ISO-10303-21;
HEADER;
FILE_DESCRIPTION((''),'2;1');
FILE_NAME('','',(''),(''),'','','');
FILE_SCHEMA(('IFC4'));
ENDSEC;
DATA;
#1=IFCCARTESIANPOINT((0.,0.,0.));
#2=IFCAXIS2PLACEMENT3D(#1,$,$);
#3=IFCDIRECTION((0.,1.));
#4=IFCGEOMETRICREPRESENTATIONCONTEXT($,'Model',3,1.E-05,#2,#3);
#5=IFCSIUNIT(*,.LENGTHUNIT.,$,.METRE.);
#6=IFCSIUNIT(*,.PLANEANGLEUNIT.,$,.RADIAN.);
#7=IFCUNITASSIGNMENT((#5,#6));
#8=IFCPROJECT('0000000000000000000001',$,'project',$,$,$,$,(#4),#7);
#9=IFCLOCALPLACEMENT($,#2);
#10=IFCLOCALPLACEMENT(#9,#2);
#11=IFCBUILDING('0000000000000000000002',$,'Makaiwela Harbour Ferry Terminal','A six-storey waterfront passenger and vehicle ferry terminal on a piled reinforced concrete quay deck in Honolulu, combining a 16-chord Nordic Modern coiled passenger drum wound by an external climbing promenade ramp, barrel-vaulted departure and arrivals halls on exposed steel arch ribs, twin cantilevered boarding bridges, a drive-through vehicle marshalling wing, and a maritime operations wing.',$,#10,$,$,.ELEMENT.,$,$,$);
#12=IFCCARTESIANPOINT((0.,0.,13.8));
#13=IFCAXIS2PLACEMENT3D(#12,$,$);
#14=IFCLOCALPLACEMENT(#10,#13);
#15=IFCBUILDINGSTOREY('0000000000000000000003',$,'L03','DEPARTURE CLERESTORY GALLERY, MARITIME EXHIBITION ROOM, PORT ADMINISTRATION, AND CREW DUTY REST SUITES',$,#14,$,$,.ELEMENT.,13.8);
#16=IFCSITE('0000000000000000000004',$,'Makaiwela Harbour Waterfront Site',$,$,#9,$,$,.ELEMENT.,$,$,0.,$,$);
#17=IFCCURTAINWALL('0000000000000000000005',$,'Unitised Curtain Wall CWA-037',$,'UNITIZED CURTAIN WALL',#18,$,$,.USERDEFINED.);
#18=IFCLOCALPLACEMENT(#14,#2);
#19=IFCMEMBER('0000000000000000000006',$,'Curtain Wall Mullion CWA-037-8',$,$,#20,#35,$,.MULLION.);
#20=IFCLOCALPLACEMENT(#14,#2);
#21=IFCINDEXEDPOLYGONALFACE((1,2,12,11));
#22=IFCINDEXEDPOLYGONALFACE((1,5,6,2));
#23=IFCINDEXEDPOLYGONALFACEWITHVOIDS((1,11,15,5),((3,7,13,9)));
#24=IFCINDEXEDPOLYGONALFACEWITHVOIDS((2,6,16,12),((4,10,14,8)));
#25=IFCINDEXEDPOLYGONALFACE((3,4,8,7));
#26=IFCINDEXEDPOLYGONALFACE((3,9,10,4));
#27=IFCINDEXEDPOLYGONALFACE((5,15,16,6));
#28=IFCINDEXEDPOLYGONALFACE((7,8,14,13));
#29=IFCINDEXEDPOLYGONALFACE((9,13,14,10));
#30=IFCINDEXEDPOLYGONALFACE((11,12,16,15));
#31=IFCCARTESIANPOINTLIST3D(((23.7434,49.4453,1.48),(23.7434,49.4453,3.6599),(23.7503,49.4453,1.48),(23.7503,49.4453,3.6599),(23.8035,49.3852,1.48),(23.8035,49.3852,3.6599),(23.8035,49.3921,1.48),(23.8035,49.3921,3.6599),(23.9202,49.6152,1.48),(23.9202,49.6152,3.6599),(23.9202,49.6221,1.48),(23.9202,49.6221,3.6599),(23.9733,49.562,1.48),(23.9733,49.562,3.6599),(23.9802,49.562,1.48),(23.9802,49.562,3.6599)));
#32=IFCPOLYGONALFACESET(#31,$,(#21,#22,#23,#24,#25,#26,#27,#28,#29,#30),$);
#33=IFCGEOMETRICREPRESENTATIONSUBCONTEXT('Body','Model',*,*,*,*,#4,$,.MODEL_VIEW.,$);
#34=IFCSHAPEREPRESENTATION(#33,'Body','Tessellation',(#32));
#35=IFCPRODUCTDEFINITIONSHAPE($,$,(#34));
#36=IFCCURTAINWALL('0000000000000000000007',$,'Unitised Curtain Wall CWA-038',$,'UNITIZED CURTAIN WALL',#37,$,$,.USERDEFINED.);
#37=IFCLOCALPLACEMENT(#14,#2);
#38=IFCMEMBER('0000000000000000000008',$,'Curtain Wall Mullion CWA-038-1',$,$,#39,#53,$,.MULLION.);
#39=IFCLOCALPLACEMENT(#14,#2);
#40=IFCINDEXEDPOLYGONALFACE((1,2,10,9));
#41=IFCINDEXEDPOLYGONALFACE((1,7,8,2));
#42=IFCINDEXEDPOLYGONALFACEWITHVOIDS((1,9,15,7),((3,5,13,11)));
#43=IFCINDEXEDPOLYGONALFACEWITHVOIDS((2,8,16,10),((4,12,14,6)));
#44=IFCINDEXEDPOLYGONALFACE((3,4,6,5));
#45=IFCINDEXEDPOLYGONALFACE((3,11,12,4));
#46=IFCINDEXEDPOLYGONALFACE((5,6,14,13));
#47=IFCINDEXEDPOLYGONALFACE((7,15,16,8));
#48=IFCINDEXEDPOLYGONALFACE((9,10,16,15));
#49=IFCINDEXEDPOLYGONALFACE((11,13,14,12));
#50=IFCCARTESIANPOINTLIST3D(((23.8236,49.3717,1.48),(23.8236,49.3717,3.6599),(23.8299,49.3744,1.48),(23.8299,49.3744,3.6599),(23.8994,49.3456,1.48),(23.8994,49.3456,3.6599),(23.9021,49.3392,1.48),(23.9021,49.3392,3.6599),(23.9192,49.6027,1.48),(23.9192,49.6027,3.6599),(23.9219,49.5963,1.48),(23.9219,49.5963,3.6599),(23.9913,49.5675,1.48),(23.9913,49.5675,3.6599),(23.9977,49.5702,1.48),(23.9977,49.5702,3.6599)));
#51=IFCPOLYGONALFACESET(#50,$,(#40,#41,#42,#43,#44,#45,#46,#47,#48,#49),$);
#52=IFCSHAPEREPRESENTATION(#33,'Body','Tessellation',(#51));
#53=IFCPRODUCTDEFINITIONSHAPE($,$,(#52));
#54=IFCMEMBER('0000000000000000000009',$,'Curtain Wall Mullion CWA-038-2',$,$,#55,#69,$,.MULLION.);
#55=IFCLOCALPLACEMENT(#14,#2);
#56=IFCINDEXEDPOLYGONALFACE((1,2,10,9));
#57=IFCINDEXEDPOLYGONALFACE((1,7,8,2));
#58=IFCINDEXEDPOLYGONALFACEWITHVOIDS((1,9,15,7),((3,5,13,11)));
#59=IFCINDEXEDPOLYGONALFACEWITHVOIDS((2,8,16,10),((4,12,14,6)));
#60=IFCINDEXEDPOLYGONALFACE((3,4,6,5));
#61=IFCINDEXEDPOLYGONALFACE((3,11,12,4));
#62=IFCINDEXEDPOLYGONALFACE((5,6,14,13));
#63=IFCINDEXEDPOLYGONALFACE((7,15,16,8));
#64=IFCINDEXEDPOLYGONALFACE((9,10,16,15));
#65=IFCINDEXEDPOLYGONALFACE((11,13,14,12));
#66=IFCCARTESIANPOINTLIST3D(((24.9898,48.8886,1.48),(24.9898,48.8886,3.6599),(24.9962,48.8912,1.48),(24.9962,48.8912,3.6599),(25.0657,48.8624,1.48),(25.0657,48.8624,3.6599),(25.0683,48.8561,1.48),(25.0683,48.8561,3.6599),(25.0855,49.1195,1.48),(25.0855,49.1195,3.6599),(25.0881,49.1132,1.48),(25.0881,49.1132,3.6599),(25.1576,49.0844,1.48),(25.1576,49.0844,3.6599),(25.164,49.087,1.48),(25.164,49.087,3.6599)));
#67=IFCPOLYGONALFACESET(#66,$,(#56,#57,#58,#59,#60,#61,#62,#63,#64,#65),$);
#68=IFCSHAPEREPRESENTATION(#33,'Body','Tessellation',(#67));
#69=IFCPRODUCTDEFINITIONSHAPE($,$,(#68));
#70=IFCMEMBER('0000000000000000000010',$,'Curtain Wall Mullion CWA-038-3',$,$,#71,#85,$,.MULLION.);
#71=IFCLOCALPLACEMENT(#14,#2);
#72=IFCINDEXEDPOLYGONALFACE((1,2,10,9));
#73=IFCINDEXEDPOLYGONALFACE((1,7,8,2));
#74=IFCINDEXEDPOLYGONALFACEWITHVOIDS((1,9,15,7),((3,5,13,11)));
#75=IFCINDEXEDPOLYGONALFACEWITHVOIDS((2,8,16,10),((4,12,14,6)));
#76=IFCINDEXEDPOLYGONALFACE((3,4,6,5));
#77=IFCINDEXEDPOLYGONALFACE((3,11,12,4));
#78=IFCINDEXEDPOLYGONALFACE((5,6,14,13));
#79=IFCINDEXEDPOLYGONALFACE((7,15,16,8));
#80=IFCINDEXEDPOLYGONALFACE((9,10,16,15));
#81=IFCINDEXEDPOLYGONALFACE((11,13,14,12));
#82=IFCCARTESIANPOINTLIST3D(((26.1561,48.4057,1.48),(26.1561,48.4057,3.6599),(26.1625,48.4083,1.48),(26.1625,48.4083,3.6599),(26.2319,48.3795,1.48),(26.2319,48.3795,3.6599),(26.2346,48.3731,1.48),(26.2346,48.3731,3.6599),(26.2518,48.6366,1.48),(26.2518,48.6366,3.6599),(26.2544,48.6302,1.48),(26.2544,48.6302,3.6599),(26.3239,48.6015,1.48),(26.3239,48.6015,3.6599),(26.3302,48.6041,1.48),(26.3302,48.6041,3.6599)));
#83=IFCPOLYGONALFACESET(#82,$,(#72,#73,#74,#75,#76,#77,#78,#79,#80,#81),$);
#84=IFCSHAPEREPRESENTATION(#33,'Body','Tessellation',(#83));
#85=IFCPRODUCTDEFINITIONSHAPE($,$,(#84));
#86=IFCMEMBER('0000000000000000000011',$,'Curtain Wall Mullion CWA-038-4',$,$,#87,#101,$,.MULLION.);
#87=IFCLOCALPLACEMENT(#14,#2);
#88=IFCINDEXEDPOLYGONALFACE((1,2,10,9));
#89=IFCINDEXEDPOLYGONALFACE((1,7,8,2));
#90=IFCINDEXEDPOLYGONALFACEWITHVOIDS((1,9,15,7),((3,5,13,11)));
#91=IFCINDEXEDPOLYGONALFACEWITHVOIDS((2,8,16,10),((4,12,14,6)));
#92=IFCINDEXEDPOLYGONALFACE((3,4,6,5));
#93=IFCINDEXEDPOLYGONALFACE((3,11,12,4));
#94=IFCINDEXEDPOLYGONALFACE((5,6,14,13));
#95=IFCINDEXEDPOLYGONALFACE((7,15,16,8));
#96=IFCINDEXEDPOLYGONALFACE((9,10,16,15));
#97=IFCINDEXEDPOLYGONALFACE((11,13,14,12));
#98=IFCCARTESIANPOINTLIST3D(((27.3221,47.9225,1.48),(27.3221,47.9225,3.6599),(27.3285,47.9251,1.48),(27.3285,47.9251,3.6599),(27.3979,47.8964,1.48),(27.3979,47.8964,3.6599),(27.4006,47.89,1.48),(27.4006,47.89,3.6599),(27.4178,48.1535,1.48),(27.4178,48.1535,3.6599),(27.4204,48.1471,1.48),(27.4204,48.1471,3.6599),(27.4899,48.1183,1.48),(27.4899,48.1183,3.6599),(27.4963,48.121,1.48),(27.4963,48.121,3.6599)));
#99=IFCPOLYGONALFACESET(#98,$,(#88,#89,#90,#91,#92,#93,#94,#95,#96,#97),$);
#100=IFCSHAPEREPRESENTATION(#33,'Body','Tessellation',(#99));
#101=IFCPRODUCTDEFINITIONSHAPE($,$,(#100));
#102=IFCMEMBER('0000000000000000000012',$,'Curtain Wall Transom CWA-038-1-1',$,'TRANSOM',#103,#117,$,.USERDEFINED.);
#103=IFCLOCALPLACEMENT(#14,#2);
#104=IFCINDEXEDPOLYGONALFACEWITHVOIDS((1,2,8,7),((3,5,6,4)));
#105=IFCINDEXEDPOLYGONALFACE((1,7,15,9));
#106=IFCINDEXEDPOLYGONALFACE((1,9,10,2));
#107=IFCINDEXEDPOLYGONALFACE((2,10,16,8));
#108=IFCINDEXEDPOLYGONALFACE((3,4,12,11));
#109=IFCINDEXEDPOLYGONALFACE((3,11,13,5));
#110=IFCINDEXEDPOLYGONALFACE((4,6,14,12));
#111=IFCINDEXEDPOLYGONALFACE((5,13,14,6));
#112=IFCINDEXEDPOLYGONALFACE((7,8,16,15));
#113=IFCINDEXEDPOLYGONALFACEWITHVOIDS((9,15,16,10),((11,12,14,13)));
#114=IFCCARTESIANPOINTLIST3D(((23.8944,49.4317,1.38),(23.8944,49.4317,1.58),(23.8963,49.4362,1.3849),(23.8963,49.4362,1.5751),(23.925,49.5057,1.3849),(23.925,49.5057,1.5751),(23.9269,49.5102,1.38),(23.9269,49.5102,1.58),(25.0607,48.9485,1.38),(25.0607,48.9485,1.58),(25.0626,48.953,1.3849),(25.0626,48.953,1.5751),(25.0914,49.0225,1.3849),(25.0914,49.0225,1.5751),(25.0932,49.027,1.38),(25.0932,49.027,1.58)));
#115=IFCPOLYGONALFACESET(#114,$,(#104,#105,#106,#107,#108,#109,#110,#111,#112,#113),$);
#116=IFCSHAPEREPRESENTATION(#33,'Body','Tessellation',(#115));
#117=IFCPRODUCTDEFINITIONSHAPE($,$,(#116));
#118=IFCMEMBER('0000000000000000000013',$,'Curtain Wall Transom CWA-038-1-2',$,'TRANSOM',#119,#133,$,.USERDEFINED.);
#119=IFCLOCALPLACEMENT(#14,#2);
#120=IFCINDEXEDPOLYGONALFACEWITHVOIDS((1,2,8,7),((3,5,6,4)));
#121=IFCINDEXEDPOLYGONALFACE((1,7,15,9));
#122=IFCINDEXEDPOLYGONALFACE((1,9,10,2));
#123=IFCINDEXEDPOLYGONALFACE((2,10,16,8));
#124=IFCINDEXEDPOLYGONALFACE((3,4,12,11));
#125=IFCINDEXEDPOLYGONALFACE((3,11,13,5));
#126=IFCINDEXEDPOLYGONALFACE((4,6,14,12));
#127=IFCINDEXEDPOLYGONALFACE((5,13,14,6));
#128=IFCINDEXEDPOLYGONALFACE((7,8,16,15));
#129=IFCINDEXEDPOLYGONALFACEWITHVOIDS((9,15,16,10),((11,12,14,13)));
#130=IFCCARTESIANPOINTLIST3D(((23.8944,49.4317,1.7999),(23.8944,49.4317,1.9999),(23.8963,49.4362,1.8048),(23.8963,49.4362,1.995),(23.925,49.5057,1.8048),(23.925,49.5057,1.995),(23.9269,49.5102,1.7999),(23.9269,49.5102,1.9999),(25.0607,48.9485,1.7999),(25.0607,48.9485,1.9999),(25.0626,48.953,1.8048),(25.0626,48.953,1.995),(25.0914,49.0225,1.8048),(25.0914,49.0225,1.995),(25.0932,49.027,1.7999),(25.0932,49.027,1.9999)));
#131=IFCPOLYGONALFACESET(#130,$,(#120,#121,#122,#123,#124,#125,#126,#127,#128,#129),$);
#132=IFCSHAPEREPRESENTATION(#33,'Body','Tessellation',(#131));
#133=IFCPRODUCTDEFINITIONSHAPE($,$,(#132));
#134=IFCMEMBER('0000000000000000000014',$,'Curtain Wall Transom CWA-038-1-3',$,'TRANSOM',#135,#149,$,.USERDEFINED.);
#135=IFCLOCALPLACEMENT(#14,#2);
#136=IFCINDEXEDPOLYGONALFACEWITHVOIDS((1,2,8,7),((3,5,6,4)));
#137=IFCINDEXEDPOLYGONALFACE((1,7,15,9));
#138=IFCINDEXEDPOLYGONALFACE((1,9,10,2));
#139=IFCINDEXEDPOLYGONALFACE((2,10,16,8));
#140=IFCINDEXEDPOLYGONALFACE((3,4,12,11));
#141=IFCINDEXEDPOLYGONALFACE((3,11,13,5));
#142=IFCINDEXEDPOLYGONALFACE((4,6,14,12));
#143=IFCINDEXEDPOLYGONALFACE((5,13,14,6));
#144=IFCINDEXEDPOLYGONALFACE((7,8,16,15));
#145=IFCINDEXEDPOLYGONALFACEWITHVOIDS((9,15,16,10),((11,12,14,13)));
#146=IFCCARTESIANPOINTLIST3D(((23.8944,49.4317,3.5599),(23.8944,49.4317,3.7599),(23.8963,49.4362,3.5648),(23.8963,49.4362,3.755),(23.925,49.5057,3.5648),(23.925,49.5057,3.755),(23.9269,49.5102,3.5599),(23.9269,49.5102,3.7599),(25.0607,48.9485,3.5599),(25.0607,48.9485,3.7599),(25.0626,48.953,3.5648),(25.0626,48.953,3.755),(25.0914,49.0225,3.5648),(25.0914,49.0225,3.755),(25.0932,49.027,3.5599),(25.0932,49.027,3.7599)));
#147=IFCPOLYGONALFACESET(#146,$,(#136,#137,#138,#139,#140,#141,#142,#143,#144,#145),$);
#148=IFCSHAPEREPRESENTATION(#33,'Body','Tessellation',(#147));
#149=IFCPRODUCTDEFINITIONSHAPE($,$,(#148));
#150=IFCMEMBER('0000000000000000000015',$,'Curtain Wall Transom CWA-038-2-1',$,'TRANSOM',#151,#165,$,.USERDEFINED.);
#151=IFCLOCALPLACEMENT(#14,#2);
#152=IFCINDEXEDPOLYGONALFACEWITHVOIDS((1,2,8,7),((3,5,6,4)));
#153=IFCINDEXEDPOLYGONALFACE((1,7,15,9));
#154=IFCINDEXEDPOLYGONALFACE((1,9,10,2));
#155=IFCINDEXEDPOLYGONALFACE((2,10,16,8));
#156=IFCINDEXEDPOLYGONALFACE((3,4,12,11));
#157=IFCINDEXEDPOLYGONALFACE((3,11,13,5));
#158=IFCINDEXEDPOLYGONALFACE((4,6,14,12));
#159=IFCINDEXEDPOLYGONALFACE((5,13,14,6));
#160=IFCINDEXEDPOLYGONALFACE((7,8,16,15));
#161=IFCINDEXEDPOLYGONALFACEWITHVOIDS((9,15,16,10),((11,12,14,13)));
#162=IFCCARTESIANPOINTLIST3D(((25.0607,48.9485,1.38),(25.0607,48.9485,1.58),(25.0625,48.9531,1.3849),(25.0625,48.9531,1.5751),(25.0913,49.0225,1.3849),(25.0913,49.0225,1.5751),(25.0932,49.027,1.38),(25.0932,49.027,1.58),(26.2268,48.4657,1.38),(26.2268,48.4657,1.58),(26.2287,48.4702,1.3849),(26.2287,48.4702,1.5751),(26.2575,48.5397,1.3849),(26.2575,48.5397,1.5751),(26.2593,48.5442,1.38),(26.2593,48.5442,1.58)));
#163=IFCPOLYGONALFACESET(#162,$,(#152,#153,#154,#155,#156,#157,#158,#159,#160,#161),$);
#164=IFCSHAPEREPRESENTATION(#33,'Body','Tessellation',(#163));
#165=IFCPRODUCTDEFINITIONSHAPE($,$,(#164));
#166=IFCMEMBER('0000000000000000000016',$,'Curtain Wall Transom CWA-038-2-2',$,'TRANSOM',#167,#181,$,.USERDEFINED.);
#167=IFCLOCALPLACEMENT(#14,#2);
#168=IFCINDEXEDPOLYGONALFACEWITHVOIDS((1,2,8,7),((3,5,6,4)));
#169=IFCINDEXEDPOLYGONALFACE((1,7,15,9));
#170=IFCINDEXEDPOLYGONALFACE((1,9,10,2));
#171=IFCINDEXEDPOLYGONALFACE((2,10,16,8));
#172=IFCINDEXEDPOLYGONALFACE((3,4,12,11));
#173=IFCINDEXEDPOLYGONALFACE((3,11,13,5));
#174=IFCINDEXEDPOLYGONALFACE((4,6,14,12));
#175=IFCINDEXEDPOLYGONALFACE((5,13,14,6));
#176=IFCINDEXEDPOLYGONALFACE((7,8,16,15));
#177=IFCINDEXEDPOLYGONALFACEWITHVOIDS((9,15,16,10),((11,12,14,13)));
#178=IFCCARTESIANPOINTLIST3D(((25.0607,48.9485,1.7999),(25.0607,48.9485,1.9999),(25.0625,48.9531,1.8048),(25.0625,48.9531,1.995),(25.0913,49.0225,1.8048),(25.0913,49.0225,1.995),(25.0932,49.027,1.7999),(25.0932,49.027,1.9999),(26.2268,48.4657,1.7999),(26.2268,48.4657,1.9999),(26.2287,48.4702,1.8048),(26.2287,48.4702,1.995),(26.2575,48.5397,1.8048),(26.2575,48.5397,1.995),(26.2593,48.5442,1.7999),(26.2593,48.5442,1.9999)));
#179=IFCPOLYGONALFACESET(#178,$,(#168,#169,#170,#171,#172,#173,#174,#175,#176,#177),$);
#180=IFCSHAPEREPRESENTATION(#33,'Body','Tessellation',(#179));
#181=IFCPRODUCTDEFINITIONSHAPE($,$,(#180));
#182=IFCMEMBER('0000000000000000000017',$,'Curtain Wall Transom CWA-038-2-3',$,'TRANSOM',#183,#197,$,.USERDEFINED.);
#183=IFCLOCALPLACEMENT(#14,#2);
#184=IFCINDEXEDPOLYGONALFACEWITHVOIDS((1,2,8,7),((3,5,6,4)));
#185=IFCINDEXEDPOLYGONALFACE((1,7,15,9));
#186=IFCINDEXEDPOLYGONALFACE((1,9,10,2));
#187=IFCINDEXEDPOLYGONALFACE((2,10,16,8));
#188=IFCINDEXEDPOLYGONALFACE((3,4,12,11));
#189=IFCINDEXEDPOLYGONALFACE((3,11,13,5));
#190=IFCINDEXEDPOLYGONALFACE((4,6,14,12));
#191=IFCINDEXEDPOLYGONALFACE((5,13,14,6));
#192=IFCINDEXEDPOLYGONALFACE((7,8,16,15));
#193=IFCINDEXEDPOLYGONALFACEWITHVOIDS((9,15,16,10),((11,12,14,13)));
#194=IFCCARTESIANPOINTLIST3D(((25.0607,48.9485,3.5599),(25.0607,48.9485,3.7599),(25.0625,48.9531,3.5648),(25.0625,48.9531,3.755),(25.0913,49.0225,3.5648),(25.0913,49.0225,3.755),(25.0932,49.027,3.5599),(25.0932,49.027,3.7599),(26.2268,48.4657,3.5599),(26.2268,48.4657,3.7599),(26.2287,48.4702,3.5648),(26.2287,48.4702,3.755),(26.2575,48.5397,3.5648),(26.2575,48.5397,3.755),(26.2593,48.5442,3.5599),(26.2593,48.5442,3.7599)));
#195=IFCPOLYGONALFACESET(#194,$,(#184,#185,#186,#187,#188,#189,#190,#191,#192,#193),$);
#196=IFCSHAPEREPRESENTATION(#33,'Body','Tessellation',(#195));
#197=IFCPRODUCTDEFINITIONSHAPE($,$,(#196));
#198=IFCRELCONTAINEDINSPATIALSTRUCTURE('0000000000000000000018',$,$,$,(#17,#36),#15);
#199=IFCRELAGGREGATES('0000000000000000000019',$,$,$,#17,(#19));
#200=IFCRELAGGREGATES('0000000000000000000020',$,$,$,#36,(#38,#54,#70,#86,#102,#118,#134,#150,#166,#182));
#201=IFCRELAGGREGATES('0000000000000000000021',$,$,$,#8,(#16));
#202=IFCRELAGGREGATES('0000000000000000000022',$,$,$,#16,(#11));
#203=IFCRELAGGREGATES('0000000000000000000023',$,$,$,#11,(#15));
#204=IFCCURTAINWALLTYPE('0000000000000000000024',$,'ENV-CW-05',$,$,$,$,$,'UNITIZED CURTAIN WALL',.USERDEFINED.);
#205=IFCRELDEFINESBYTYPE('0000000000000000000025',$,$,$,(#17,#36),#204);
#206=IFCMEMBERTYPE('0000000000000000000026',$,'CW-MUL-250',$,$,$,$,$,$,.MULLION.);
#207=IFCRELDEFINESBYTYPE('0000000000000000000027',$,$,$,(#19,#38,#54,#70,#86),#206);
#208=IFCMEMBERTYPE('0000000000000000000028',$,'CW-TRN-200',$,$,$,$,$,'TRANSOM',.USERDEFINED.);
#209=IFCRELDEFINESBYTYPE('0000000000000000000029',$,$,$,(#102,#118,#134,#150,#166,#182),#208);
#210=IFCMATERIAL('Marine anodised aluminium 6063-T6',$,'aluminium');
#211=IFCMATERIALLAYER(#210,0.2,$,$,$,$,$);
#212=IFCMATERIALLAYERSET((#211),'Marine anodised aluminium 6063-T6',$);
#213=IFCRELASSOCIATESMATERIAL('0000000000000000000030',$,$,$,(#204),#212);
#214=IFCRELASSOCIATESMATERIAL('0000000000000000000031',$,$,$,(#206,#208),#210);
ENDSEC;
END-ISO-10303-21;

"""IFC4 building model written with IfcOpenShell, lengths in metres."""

from ifc_helpers import new_model, si_unit, direction, frame, origin, origin_2d, place, context, subcontext, project, spatial, hollow_rectangle, extrude, material, layer, layer_set, material_profile, profile_set, type_object, element, aggregate, save


model = new_model("IFC4")

# Units and contexts
model_context = context("Model", 3, precision=1e-05, world=origin(), true_north=direction((0.0, 1.0)))
body_context = subcontext(model_context, "Body", "Model", "MODEL_VIEW")
ifc_project = project(units=[si_unit("LENGTHUNIT", "METRE"), si_unit("PLANEANGLEUNIT", "RADIAN")], contexts=[model_context])

# Site, building, storey
site_placement = place(None, origin())
site = spatial("IfcSite", under=ifc_project, at=site_placement, Name="Makaiwela Harbour Waterfront Site", CompositionType="ELEMENT", RefElevation=0.0)
building_placement = place(site_placement, origin())
building = spatial("IfcBuilding", under=site, at=building_placement, Name="Makaiwela Harbour Ferry Terminal", Description="A six-storey waterfront passenger and vehicle ferry terminal on a piled reinforced concrete quay deck in Honolulu, combining a 16-chord Nordic Modern coiled passenger drum wound by an external climbing promenade ramp, barrel-vaulted departure and arrivals halls on exposed steel arch ribs, twin cantilevered boarding bridges, a drive-through vehicle marshalling wing, and a maritime operations wing.", CompositionType="ELEMENT")
storey_placement = place(building_placement, frame((0.0, 0.0, 13.8)))
storey = spatial("IfcBuildingStorey", under=building, at=storey_placement, Name="L03", Description="DEPARTURE CLERESTORY GALLERY, MARITIME EXHIBITION ROOM, PORT ADMINISTRATION, AND CREW DUTY REST SUITES", CompositionType="ELEMENT", Elevation=13.8)

# Curtain wall, member
ifc_material_1 = material(Name="Marine anodised aluminium 6063-T6", Category="aluminium")
ifc_layer_1 = layer(ifc_material_1, 0.2)
ifc_layer_set_1 = layer_set([ifc_layer_1], Name="Marine anodised aluminium 6063-T6")
curtain_wall_type = type_object("IfcCurtainWallType", Name="ENV-CW-05", ElementType="UNITIZED CURTAIN WALL", PredefinedType="USERDEFINED", material=ifc_layer_set_1)
curtain_wall_1_placement = place(storey_placement, origin())
curtain_wall_1 = element("IfcCurtainWall", 1, at=curtain_wall_1_placement, inside=storey, type_object=curtain_wall_type, Name="Unitised Curtain Wall CWA-037", ObjectType="UNITIZED CURTAIN WALL", PredefinedType="USERDEFINED")
ifc_material_profile_1 = material_profile(ifc_material_1, hollow_rectangle(XDim=0.085, YDim=0.25, WallThickness=0.0049, at=origin_2d()), Name="CWM-250X85")
ifc_profile_set_1 = profile_set([ifc_material_profile_1], Name="Marine anodised aluminium 6063-T6")
member_type_1 = type_object("IfcMemberType", Name="CW-MUL-250", PredefinedType="MULLION", material=ifc_profile_set_1)
member_1_placement = place(storey_placement, frame((23.8618, 49.5037, 1.48), z_axis=(0.0, 0.0, 1.0), x_axis=(-0.707107, 0.707107, 0.0)))
member_1 = element("IfcMember", 2, at=member_1_placement, type_object=member_type_1, Name="Curtain Wall Mullion CWA-037-8", PredefinedType="MULLION", context=body_context, shape_type="SweptSolid", body=[
    extrude(hollow_rectangle(XDim=0.085, YDim=0.25, WallThickness=0.0049, at=origin_2d()), origin(), (0.0, 0.0, 1.0), 2.1799),
])
aggregate(curtain_wall_1, [member_1])

# Curtain wall, members
curtain_wall_2_placement = place(storey_placement, origin())
curtain_wall_2 = element("IfcCurtainWall", 3, at=curtain_wall_2_placement, inside=storey, type_object=curtain_wall_type, Name="Unitised Curtain Wall CWA-038", ObjectType="UNITIZED CURTAIN WALL", PredefinedType="USERDEFINED")
member_2_placement = place(storey_placement, frame((23.9106, 49.4709, 1.48), z_axis=(0.0, 0.0, 1.0), x_axis=(-0.92388, 0.382683, 0.0)))
member_2 = element("IfcMember", 4, at=member_2_placement, type_object=member_type_1, Name="Curtain Wall Mullion CWA-038-1", PredefinedType="MULLION", context=body_context, shape_type="SweptSolid", body=[
    extrude(hollow_rectangle(XDim=0.085, YDim=0.25, WallThickness=0.0049, at=origin_2d()), origin(), (0.0, 0.0, 1.0), 2.1799),
])
member_3_placement = place(storey_placement, frame((25.0769, 48.9878, 1.48), z_axis=(0.0, 0.0, 1.0), x_axis=(-0.92388, 0.382683, 0.0)))
member_3 = element("IfcMember", 5, at=member_3_placement, type_object=member_type_1, Name="Curtain Wall Mullion CWA-038-2", PredefinedType="MULLION", context=body_context, shape_type="SweptSolid", body=[
    extrude(hollow_rectangle(XDim=0.085, YDim=0.25, WallThickness=0.0049, at=origin_2d()), origin(), (0.0, 0.0, 1.0), 2.1799),
])
member_4_placement = place(storey_placement, frame((26.2432, 48.5049, 1.48), z_axis=(0.0, 0.0, 1.0), x_axis=(-0.92388, 0.382683, 0.0)))
member_4 = element("IfcMember", 6, at=member_4_placement, type_object=member_type_1, Name="Curtain Wall Mullion CWA-038-3", PredefinedType="MULLION", context=body_context, shape_type="SweptSolid", body=[
    extrude(hollow_rectangle(XDim=0.085, YDim=0.25, WallThickness=0.0049, at=origin_2d()), origin(), (0.0, 0.0, 1.0), 2.1799),
])
member_5_placement = place(storey_placement, frame((27.4092, 48.0217, 1.48), z_axis=(0.0, 0.0, 1.0), x_axis=(-0.92388, 0.382683, 0.0)))
member_5 = element("IfcMember", 7, at=member_5_placement, type_object=member_type_1, Name="Curtain Wall Mullion CWA-038-4", PredefinedType="MULLION", context=body_context, shape_type="SweptSolid", body=[
    extrude(hollow_rectangle(XDim=0.085, YDim=0.25, WallThickness=0.0049, at=origin_2d()), origin(), (0.0, 0.0, 1.0), 2.1799),
])
ifc_material_profile_2 = material_profile(ifc_material_1, hollow_rectangle(XDim=0.085, YDim=0.2, WallThickness=0.0049, at=origin_2d()), Name="CWT-200X85")
ifc_profile_set_2 = profile_set([ifc_material_profile_2], Name="Marine anodised aluminium 6063-T6")
member_type_2 = type_object("IfcMemberType", Name="CW-TRN-200", ElementType="TRANSOM", PredefinedType="USERDEFINED", material=ifc_profile_set_2)
member_6_placement = place(storey_placement, frame((23.9106, 49.4709, 1.48), z_axis=(0.923859, -0.382733, 0.0), x_axis=(0.382733, 0.923859, 0.0)))
member_6 = element("IfcMember", 8, at=member_6_placement, type_object=member_type_2, Name="Curtain Wall Transom CWA-038-1-1", ObjectType="TRANSOM", PredefinedType="USERDEFINED", context=body_context, shape_type="SweptSolid", body=[
    extrude(hollow_rectangle(XDim=0.085, YDim=0.2, WallThickness=0.0049, at=origin_2d()), origin(), (0.0, 0.0, 1.0), 1.2625),
])
member_7_placement = place(storey_placement, frame((23.9106, 49.4709, 1.8999), z_axis=(0.923859, -0.382733, 0.0), x_axis=(0.382733, 0.923859, 0.0)))
member_7 = element("IfcMember", 9, at=member_7_placement, type_object=member_type_2, Name="Curtain Wall Transom CWA-038-1-2", ObjectType="TRANSOM", PredefinedType="USERDEFINED", context=body_context, shape_type="SweptSolid", body=[
    extrude(hollow_rectangle(XDim=0.085, YDim=0.2, WallThickness=0.0049, at=origin_2d()), origin(), (0.0, 0.0, 1.0), 1.2625),
])
member_8_placement = place(storey_placement, frame((23.9106, 49.4709, 3.6599), z_axis=(0.923859, -0.382733, 0.0), x_axis=(0.382733, 0.923859, 0.0)))
member_8 = element("IfcMember", 10, at=member_8_placement, type_object=member_type_2, Name="Curtain Wall Transom CWA-038-1-3", ObjectType="TRANSOM", PredefinedType="USERDEFINED", context=body_context, shape_type="SweptSolid", body=[
    extrude(hollow_rectangle(XDim=0.085, YDim=0.2, WallThickness=0.0049, at=origin_2d()), origin(), (0.0, 0.0, 1.0), 1.2625),
])
member_9_placement = place(storey_placement, frame((25.0769, 48.9878, 1.48), z_axis=(0.923927, -0.382568, 0.0), x_axis=(0.382568, 0.923927, 0.0)))
member_9 = element("IfcMember", 11, at=member_9_placement, type_object=member_type_2, Name="Curtain Wall Transom CWA-038-2-1", ObjectType="TRANSOM", PredefinedType="USERDEFINED", context=body_context, shape_type="SweptSolid", body=[
    extrude(hollow_rectangle(XDim=0.085, YDim=0.2, WallThickness=0.0049, at=origin_2d()), origin(), (0.0, 0.0, 1.0), 1.2622),
])
member_10_placement = place(storey_placement, frame((25.0769, 48.9878, 1.8999), z_axis=(0.923927, -0.382568, 0.0), x_axis=(0.382568, 0.923927, 0.0)))
member_10 = element("IfcMember", 12, at=member_10_placement, type_object=member_type_2, Name="Curtain Wall Transom CWA-038-2-2", ObjectType="TRANSOM", PredefinedType="USERDEFINED", context=body_context, shape_type="SweptSolid", body=[
    extrude(hollow_rectangle(XDim=0.085, YDim=0.2, WallThickness=0.0049, at=origin_2d()), origin(), (0.0, 0.0, 1.0), 1.2622),
])
member_11_placement = place(storey_placement, frame((25.0769, 48.9878, 3.6599), z_axis=(0.923927, -0.382568, 0.0), x_axis=(0.382568, 0.923927, 0.0)))
member_11 = element("IfcMember", 13, at=member_11_placement, type_object=member_type_2, Name="Curtain Wall Transom CWA-038-2-3", ObjectType="TRANSOM", PredefinedType="USERDEFINED", context=body_context, shape_type="SweptSolid", body=[
    extrude(hollow_rectangle(XDim=0.085, YDim=0.2, WallThickness=0.0049, at=origin_2d()), origin(), (0.0, 0.0, 1.0), 1.2622),
])
aggregate(curtain_wall_2, [member_2, member_3, member_4, member_5, member_6, member_7, member_8, member_9, member_10, member_11])

save(model, "model.ifc")
